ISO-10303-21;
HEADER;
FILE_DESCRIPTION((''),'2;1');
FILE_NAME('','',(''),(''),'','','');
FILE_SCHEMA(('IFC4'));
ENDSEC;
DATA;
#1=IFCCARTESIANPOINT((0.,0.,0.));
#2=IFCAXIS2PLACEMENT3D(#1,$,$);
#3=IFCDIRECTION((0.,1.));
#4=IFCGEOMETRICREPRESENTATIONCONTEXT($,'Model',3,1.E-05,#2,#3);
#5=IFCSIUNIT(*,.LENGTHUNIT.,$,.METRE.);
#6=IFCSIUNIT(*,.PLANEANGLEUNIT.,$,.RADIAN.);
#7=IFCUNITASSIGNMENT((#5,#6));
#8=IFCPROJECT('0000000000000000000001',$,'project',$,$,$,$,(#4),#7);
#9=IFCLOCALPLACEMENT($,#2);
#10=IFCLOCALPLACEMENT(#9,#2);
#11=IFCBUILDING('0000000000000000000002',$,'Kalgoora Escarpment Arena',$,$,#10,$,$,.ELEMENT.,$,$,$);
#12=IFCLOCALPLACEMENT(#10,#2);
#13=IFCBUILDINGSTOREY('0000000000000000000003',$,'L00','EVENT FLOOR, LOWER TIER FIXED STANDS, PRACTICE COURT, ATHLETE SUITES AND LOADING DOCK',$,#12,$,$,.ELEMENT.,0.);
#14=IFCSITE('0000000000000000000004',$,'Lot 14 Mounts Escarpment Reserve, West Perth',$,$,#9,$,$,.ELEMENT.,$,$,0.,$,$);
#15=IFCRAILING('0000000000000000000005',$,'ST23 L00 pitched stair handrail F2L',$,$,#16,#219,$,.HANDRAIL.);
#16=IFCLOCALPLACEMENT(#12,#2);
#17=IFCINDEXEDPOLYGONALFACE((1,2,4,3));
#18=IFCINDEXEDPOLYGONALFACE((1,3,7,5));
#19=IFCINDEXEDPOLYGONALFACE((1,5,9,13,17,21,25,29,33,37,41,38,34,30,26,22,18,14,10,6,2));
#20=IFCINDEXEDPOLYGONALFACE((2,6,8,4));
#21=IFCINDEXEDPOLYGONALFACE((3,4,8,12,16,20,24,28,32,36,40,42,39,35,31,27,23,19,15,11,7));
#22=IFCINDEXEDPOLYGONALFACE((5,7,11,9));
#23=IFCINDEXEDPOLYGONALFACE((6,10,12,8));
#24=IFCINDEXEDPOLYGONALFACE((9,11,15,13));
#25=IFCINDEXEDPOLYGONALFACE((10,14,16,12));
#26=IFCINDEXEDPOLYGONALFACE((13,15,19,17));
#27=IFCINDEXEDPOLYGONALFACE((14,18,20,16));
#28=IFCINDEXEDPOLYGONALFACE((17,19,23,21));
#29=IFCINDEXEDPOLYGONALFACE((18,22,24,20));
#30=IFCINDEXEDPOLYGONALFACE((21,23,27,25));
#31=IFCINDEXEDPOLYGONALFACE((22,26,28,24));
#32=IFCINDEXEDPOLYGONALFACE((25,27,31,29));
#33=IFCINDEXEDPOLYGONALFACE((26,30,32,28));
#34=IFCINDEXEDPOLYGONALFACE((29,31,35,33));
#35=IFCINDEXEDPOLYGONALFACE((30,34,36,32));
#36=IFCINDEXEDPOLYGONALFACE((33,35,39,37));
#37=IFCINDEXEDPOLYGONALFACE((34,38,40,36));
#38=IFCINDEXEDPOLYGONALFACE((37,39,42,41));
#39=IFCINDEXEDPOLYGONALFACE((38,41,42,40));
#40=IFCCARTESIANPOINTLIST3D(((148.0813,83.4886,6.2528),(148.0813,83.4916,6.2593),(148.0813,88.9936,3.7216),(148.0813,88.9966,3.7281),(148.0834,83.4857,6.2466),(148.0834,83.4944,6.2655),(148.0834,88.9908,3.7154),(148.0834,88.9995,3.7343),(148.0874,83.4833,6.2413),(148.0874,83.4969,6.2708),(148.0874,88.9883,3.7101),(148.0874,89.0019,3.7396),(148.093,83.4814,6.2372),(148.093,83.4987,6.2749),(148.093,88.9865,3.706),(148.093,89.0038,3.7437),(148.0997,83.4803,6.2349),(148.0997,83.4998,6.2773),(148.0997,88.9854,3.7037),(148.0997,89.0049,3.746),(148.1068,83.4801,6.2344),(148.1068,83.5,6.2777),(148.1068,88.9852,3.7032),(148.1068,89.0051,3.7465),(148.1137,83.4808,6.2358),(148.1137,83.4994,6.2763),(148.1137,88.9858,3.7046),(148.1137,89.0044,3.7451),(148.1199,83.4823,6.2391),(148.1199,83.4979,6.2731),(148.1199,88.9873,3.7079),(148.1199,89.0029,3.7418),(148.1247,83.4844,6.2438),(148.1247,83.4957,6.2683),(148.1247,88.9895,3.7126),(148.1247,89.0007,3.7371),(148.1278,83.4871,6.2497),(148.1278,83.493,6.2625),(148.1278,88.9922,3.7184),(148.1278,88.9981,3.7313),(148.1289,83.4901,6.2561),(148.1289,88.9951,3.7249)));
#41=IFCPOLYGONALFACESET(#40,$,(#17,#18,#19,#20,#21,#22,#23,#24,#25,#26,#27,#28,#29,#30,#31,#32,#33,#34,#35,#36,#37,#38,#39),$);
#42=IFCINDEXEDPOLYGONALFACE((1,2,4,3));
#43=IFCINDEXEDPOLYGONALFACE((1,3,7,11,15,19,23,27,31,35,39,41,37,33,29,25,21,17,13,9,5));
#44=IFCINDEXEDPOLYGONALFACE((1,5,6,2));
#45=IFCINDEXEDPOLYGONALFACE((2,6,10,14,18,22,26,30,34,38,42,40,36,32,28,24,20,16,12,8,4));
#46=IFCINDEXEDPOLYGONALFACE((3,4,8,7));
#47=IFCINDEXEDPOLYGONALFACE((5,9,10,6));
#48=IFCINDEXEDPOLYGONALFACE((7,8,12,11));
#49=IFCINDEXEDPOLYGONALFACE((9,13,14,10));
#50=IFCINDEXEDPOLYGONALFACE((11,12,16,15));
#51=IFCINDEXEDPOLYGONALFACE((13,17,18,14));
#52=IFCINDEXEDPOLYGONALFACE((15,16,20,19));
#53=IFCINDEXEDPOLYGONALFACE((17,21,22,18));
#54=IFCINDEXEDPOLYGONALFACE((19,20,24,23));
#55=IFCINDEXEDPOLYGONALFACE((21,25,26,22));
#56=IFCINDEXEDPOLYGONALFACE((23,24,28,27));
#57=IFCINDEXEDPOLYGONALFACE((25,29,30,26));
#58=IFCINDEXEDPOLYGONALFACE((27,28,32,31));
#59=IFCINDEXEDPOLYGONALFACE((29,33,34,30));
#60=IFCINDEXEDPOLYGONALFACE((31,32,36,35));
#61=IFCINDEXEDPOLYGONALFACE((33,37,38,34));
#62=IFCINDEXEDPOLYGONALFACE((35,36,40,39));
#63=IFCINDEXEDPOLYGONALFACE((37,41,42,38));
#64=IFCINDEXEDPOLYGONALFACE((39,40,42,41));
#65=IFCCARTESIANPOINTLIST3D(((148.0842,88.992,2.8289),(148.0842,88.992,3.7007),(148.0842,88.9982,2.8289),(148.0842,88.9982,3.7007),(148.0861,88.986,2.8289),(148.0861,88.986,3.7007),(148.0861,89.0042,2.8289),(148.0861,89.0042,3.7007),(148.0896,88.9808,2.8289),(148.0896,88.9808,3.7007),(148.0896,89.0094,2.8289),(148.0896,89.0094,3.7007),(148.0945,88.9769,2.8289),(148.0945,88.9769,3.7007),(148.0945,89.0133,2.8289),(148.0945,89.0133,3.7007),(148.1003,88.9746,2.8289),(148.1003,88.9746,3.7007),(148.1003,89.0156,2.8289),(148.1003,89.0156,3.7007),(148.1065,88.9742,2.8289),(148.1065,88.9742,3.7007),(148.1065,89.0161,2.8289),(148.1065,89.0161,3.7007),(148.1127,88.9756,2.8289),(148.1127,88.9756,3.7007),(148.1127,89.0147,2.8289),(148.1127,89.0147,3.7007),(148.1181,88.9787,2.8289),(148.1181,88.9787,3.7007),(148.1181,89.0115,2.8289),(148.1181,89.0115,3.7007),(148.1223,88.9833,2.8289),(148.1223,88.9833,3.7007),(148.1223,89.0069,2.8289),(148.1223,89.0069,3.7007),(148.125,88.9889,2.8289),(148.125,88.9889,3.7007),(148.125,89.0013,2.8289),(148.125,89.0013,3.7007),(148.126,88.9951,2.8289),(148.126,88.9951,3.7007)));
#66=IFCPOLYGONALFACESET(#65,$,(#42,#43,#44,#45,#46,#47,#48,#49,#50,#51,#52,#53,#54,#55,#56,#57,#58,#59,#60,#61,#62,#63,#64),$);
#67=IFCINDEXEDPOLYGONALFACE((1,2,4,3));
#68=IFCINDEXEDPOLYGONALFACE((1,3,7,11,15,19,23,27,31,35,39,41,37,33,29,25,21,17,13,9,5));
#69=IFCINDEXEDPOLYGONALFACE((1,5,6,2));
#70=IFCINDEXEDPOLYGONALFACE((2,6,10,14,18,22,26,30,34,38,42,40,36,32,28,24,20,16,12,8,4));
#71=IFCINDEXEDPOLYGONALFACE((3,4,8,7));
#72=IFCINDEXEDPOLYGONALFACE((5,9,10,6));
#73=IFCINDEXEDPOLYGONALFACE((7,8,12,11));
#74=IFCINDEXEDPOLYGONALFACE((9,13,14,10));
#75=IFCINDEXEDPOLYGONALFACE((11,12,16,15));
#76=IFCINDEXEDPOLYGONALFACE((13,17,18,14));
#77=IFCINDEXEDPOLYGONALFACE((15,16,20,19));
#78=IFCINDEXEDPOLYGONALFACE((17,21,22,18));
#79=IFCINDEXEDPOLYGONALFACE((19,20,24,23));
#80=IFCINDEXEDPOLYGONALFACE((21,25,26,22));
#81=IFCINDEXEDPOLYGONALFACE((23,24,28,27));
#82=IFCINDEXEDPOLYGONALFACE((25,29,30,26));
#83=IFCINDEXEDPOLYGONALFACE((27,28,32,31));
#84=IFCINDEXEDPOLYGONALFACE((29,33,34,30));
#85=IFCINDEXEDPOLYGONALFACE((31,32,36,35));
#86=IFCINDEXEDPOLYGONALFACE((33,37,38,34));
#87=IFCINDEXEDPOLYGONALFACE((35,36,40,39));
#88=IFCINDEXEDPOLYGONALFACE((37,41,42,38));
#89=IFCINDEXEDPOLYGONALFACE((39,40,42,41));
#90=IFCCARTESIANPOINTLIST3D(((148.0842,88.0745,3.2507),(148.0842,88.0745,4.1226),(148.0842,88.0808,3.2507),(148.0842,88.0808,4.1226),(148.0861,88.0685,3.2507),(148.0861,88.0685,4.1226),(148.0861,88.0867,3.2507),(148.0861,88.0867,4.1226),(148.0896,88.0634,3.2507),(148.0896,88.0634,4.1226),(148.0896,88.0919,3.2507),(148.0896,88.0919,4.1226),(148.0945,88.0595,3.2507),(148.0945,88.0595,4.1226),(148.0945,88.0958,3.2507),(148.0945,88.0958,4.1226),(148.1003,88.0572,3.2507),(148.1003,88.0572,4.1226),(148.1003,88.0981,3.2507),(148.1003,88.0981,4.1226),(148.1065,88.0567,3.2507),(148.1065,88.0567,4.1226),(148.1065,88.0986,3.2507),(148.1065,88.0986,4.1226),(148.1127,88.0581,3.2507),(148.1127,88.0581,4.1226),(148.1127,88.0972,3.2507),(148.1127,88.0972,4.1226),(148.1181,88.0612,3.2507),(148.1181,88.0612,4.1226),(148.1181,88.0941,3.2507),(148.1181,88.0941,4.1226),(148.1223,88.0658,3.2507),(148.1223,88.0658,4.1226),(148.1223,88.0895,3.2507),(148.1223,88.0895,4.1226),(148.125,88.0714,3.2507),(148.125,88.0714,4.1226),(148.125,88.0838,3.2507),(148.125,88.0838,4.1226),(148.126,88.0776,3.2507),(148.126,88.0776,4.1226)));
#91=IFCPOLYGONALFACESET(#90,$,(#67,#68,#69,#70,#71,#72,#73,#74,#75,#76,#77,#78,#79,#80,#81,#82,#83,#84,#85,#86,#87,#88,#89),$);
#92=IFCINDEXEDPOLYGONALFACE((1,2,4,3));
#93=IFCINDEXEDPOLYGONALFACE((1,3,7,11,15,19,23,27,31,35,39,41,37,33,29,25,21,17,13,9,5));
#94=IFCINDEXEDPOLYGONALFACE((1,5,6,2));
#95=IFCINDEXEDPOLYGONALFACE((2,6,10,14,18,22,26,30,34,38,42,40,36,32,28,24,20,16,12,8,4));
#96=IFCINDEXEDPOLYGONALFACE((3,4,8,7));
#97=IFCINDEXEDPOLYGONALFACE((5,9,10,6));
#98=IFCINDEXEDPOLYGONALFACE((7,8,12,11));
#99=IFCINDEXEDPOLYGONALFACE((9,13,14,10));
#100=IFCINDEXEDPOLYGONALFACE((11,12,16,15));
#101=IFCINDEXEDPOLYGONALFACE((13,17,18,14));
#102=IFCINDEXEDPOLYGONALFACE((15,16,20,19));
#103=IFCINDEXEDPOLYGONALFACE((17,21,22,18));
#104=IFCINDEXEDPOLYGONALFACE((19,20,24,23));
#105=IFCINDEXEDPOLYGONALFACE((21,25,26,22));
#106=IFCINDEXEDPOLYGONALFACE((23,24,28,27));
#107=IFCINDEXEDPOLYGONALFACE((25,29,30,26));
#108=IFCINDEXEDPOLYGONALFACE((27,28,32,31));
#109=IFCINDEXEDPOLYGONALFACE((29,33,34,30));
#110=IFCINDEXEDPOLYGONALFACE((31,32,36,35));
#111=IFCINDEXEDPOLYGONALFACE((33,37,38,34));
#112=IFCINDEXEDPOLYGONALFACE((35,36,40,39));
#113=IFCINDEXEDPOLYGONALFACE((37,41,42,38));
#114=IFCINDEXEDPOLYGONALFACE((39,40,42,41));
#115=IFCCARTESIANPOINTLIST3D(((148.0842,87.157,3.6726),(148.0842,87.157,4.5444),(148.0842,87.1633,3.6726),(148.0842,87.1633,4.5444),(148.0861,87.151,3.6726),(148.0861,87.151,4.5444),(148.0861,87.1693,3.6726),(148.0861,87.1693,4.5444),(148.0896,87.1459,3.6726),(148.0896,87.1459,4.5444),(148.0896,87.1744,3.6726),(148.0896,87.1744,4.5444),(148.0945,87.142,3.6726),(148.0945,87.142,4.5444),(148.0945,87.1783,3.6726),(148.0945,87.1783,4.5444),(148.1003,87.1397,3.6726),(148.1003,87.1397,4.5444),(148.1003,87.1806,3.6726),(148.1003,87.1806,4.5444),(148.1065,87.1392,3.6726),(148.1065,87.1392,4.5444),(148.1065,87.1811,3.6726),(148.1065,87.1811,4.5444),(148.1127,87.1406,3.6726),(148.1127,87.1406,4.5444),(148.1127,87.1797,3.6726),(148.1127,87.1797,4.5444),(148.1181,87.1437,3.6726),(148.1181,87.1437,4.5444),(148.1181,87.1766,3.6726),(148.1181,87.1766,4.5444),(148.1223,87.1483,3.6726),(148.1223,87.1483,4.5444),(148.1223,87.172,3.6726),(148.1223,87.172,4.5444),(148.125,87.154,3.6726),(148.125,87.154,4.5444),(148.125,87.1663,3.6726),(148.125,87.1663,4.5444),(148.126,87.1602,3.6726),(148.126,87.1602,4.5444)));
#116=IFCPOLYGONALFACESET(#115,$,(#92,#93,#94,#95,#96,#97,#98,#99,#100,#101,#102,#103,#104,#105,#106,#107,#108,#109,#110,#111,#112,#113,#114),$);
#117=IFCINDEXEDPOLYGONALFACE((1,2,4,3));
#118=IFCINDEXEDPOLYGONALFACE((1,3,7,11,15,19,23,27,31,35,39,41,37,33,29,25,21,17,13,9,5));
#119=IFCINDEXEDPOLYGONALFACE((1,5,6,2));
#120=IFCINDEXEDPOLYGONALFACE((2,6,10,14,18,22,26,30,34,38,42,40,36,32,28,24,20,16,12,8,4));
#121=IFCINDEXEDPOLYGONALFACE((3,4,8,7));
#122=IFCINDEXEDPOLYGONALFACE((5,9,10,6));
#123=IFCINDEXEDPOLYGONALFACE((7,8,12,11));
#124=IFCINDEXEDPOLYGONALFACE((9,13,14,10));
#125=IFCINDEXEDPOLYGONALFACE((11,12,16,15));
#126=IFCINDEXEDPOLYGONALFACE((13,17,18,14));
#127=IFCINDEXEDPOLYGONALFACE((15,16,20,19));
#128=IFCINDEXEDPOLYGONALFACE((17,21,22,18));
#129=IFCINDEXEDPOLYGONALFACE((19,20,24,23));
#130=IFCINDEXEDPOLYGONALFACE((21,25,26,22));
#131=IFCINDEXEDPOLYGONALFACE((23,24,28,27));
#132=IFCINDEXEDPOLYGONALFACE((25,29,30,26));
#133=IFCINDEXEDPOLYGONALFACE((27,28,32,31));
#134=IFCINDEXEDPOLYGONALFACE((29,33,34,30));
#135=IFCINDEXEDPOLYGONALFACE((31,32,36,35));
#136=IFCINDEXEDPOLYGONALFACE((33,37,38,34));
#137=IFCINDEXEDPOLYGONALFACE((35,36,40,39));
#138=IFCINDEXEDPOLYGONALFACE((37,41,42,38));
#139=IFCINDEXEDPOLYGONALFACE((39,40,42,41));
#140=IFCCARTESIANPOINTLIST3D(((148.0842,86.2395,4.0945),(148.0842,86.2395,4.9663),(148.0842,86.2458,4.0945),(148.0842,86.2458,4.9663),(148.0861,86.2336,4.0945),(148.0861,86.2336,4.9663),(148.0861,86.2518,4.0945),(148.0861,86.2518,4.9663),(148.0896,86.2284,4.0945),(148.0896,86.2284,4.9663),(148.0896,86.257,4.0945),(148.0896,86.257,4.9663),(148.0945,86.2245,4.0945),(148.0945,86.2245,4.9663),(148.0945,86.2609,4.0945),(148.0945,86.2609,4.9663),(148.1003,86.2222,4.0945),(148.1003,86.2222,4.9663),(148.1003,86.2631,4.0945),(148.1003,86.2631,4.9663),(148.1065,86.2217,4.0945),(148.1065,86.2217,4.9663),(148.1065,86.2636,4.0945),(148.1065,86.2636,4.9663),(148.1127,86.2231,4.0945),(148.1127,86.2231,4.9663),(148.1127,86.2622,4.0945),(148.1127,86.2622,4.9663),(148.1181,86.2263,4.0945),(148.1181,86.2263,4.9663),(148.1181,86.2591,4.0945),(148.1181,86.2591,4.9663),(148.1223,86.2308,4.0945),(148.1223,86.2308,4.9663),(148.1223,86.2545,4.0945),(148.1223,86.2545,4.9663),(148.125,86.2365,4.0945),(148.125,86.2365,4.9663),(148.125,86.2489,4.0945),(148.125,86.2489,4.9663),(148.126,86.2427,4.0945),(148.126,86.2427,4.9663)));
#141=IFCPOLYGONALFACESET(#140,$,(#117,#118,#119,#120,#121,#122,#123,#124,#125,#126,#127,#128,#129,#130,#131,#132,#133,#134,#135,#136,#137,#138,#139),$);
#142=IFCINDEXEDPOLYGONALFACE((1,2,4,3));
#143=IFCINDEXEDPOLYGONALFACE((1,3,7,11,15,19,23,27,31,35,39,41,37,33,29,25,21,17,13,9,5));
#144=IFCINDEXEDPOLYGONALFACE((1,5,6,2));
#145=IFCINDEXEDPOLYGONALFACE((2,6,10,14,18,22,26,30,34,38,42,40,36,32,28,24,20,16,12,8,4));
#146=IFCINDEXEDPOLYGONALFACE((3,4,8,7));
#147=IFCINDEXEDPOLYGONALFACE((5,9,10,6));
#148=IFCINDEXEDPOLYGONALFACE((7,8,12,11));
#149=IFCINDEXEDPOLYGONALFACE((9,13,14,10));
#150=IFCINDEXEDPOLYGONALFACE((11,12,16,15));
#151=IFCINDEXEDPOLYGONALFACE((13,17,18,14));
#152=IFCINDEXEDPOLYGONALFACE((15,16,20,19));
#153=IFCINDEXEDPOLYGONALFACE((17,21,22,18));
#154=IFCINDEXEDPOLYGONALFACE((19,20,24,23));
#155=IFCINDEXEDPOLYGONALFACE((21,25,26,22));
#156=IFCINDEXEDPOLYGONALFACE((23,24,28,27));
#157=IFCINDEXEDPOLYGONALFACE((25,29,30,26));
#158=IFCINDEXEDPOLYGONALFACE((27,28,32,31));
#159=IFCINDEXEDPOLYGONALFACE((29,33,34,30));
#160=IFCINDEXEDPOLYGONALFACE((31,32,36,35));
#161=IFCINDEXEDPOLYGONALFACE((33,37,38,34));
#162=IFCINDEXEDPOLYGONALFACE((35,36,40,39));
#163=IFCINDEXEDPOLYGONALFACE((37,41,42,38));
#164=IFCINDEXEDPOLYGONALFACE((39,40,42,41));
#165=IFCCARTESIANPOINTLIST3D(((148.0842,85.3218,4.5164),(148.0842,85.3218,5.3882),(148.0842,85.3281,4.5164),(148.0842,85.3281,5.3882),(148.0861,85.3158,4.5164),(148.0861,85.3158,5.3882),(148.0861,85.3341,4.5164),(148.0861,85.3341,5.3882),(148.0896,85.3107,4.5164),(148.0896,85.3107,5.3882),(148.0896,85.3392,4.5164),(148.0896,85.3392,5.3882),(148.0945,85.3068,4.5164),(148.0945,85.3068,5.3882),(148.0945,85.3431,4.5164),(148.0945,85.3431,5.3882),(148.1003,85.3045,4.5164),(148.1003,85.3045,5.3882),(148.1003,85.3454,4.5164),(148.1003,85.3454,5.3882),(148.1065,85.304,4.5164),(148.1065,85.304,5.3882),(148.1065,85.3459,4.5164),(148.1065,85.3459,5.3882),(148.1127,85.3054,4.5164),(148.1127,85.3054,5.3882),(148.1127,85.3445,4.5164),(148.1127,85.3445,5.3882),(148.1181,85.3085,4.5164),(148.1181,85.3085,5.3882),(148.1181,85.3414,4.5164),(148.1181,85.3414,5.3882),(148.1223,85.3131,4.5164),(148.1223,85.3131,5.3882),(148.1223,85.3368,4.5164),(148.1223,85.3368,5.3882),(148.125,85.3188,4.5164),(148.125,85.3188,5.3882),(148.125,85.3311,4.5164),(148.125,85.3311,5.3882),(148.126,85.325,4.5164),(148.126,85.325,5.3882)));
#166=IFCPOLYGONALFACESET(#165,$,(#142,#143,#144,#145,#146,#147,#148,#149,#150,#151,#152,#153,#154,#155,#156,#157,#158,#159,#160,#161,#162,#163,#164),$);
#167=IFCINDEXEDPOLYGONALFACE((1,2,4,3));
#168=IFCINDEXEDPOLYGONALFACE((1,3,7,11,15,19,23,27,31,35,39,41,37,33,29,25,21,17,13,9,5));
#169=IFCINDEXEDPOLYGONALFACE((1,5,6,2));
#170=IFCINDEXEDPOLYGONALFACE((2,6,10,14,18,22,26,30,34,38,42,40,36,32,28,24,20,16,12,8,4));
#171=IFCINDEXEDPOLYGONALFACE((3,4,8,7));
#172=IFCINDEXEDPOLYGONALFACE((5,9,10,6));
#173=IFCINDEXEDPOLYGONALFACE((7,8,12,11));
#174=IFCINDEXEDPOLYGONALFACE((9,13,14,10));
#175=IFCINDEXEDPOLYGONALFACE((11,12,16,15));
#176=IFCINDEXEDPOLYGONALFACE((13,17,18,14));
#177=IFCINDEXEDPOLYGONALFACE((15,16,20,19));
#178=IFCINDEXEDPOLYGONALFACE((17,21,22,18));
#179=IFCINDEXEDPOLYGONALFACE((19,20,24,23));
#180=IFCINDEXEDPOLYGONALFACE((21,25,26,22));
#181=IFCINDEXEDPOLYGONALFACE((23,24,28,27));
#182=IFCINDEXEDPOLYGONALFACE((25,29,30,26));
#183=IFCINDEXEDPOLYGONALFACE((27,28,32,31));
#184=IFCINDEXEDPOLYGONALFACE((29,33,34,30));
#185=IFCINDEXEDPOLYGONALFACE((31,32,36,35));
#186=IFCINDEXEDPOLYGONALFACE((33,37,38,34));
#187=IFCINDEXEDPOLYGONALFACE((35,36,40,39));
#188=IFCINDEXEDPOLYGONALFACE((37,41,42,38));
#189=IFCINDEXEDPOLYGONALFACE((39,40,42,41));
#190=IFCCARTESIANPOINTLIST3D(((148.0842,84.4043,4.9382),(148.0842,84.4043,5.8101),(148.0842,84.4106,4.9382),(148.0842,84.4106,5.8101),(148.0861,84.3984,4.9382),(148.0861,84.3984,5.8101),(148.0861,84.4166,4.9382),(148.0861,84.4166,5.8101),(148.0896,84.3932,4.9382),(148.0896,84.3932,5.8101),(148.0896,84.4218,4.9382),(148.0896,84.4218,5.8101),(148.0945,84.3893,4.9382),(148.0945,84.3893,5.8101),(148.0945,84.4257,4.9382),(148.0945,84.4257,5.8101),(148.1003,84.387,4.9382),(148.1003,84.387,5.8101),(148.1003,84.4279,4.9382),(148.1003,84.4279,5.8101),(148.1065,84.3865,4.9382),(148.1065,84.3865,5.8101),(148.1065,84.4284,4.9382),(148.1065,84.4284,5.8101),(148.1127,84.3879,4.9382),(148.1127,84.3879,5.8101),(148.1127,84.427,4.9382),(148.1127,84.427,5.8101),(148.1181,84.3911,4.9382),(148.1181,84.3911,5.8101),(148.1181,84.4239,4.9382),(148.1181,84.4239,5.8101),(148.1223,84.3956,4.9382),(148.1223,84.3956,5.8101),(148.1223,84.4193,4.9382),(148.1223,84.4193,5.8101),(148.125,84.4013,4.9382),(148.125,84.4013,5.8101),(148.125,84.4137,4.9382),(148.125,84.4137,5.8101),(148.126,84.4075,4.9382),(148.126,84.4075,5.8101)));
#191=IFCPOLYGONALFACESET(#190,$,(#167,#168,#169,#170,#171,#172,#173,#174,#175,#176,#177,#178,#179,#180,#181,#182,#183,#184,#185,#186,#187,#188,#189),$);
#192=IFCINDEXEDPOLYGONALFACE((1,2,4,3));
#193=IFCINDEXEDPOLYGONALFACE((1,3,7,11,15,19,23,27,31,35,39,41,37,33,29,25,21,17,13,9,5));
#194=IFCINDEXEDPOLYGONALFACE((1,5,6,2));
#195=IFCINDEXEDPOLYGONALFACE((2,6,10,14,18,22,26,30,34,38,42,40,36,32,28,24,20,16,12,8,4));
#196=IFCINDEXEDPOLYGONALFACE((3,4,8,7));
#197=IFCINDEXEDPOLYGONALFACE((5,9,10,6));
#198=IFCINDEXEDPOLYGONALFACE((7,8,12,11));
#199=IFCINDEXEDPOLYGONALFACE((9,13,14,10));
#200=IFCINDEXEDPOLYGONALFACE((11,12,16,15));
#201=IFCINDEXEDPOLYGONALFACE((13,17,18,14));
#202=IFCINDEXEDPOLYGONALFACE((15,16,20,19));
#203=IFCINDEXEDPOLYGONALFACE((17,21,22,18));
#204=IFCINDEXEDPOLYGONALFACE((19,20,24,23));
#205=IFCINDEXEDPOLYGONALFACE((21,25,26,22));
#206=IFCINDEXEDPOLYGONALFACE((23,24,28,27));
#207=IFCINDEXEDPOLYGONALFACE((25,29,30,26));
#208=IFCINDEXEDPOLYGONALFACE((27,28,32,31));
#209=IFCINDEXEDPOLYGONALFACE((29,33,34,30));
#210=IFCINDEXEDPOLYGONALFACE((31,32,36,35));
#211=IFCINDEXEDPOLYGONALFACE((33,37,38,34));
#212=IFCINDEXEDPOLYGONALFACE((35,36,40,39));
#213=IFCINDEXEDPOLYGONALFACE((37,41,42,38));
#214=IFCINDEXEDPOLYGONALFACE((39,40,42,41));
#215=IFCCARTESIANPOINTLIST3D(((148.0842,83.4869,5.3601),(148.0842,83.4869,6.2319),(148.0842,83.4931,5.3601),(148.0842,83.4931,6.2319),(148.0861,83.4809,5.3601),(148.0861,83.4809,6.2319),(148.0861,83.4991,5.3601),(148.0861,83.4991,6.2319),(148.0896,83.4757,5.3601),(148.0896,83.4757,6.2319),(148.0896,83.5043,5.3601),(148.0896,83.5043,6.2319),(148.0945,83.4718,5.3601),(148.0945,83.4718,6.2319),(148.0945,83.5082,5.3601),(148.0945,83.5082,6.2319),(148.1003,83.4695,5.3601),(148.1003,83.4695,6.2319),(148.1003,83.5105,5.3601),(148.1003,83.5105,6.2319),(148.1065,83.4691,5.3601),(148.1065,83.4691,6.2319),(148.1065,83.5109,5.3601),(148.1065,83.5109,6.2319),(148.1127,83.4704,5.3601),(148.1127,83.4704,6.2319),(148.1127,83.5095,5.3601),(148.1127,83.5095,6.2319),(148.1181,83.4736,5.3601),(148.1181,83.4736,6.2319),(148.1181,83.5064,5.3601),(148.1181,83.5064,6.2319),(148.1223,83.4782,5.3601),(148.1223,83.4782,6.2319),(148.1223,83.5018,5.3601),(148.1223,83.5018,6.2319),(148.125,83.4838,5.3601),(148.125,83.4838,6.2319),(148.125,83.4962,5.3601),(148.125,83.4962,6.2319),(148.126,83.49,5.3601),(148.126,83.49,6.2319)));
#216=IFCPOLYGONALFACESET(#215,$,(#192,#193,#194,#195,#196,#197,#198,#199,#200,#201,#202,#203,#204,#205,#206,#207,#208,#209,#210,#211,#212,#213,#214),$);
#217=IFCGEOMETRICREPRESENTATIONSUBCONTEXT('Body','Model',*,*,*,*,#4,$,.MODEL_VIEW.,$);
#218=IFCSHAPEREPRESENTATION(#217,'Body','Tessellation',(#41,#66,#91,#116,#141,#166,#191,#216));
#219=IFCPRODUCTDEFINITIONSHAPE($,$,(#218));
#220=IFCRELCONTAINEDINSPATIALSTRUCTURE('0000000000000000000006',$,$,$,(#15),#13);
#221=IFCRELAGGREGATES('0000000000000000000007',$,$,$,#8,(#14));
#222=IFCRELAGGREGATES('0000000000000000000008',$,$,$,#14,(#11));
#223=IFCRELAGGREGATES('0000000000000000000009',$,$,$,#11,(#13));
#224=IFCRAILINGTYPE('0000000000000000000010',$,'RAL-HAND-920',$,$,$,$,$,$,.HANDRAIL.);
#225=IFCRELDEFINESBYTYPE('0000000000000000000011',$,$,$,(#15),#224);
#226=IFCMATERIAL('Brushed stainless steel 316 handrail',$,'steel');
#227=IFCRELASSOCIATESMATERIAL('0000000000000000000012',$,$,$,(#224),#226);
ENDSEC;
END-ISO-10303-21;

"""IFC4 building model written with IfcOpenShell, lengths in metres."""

from ifc_helpers import new_model, si_unit, direction, frame, origin, origin_2d, place, context, subcontext, project, spatial, circle, extrude, material, type_object, element, save


model = new_model("IFC4")

# Units and contexts
model_context = context("Model", 3, precision=1e-05, world=origin(), true_north=direction((0.0, 1.0)))
body_context = subcontext(model_context, "Body", "Model", "MODEL_VIEW")
ifc_project = project(units=[si_unit("LENGTHUNIT", "METRE"), si_unit("PLANEANGLEUNIT", "RADIAN")], contexts=[model_context])

# Site, building, storey
site_placement = place(None, origin())
site = spatial("IfcSite", under=ifc_project, at=site_placement, Name="Lot 14 Mounts Escarpment Reserve, West Perth", CompositionType="ELEMENT", RefElevation=0.0)
building_placement = place(site_placement, origin())
building = spatial("IfcBuilding", under=site, at=building_placement, Name="Kalgoora Escarpment Arena", CompositionType="ELEMENT")
storey_placement = place(building_placement, origin())
storey = spatial("IfcBuildingStorey", under=building, at=storey_placement, Name="L00", Description="EVENT FLOOR, LOWER TIER FIXED STANDS, PRACTICE COURT, ATHLETE SUITES AND LOADING DOCK", CompositionType="ELEMENT", Elevation=0.0)

# Railing
ifc_material_1 = material(Name="Brushed stainless steel 316 handrail", Category="steel")
railing_type_1 = type_object("IfcRailingType", Name="RAL-HAND-920", PredefinedType="HANDRAIL", material=ifc_material_1)
railing_1_placement = place(storey_placement, frame((148.105, 88.9951, 2.8289)))
element("IfcRailing", 1, at=railing_1_placement, inside=storey, type_object=railing_type_1, Name="ST23 L00 pitched stair handrail F2L", PredefinedType="HANDRAIL", context=body_context, shape_type="SweptSolid", body=[
    extrude(circle(Radius=0.0239, at=origin_2d()), frame((0.0, 0.0, 0.896), z_axis=(0.0, -0.90856, 0.417755), x_axis=(1.0, 0.0, 0.0)), (0.0, 0.0, 1.0), 6.0591),
    extrude(circle(Radius=0.021, at=origin_2d()), origin(), (0.0, 0.0, 1.0), 0.8718),
    extrude(circle(Radius=0.021, at=origin_2d()), frame((0.0, -0.9175, 0.4219)), (0.0, 0.0, 1.0), 0.8718),
    extrude(circle(Radius=0.021, at=origin_2d()), frame((0.0, -1.835, 0.8438)), (0.0, 0.0, 1.0), 0.8718),
    extrude(circle(Radius=0.021, at=origin_2d()), frame((0.0, -2.7524, 1.2656)), (0.0, 0.0, 1.0), 0.8718),
    extrude(circle(Radius=0.021, at=origin_2d()), frame((0.0, -3.6702, 1.6875)), (0.0, 0.0, 1.0), 0.8718),
    extrude(circle(Radius=0.021, at=origin_2d()), frame((0.0, -4.5876, 2.1094)), (0.0, 0.0, 1.0), 0.8718),
    extrude(circle(Radius=0.021, at=origin_2d()), frame((0.0, -5.5051, 2.5312)), (0.0, 0.0, 1.0), 0.8718),
])

save(model, "model.ifc")
